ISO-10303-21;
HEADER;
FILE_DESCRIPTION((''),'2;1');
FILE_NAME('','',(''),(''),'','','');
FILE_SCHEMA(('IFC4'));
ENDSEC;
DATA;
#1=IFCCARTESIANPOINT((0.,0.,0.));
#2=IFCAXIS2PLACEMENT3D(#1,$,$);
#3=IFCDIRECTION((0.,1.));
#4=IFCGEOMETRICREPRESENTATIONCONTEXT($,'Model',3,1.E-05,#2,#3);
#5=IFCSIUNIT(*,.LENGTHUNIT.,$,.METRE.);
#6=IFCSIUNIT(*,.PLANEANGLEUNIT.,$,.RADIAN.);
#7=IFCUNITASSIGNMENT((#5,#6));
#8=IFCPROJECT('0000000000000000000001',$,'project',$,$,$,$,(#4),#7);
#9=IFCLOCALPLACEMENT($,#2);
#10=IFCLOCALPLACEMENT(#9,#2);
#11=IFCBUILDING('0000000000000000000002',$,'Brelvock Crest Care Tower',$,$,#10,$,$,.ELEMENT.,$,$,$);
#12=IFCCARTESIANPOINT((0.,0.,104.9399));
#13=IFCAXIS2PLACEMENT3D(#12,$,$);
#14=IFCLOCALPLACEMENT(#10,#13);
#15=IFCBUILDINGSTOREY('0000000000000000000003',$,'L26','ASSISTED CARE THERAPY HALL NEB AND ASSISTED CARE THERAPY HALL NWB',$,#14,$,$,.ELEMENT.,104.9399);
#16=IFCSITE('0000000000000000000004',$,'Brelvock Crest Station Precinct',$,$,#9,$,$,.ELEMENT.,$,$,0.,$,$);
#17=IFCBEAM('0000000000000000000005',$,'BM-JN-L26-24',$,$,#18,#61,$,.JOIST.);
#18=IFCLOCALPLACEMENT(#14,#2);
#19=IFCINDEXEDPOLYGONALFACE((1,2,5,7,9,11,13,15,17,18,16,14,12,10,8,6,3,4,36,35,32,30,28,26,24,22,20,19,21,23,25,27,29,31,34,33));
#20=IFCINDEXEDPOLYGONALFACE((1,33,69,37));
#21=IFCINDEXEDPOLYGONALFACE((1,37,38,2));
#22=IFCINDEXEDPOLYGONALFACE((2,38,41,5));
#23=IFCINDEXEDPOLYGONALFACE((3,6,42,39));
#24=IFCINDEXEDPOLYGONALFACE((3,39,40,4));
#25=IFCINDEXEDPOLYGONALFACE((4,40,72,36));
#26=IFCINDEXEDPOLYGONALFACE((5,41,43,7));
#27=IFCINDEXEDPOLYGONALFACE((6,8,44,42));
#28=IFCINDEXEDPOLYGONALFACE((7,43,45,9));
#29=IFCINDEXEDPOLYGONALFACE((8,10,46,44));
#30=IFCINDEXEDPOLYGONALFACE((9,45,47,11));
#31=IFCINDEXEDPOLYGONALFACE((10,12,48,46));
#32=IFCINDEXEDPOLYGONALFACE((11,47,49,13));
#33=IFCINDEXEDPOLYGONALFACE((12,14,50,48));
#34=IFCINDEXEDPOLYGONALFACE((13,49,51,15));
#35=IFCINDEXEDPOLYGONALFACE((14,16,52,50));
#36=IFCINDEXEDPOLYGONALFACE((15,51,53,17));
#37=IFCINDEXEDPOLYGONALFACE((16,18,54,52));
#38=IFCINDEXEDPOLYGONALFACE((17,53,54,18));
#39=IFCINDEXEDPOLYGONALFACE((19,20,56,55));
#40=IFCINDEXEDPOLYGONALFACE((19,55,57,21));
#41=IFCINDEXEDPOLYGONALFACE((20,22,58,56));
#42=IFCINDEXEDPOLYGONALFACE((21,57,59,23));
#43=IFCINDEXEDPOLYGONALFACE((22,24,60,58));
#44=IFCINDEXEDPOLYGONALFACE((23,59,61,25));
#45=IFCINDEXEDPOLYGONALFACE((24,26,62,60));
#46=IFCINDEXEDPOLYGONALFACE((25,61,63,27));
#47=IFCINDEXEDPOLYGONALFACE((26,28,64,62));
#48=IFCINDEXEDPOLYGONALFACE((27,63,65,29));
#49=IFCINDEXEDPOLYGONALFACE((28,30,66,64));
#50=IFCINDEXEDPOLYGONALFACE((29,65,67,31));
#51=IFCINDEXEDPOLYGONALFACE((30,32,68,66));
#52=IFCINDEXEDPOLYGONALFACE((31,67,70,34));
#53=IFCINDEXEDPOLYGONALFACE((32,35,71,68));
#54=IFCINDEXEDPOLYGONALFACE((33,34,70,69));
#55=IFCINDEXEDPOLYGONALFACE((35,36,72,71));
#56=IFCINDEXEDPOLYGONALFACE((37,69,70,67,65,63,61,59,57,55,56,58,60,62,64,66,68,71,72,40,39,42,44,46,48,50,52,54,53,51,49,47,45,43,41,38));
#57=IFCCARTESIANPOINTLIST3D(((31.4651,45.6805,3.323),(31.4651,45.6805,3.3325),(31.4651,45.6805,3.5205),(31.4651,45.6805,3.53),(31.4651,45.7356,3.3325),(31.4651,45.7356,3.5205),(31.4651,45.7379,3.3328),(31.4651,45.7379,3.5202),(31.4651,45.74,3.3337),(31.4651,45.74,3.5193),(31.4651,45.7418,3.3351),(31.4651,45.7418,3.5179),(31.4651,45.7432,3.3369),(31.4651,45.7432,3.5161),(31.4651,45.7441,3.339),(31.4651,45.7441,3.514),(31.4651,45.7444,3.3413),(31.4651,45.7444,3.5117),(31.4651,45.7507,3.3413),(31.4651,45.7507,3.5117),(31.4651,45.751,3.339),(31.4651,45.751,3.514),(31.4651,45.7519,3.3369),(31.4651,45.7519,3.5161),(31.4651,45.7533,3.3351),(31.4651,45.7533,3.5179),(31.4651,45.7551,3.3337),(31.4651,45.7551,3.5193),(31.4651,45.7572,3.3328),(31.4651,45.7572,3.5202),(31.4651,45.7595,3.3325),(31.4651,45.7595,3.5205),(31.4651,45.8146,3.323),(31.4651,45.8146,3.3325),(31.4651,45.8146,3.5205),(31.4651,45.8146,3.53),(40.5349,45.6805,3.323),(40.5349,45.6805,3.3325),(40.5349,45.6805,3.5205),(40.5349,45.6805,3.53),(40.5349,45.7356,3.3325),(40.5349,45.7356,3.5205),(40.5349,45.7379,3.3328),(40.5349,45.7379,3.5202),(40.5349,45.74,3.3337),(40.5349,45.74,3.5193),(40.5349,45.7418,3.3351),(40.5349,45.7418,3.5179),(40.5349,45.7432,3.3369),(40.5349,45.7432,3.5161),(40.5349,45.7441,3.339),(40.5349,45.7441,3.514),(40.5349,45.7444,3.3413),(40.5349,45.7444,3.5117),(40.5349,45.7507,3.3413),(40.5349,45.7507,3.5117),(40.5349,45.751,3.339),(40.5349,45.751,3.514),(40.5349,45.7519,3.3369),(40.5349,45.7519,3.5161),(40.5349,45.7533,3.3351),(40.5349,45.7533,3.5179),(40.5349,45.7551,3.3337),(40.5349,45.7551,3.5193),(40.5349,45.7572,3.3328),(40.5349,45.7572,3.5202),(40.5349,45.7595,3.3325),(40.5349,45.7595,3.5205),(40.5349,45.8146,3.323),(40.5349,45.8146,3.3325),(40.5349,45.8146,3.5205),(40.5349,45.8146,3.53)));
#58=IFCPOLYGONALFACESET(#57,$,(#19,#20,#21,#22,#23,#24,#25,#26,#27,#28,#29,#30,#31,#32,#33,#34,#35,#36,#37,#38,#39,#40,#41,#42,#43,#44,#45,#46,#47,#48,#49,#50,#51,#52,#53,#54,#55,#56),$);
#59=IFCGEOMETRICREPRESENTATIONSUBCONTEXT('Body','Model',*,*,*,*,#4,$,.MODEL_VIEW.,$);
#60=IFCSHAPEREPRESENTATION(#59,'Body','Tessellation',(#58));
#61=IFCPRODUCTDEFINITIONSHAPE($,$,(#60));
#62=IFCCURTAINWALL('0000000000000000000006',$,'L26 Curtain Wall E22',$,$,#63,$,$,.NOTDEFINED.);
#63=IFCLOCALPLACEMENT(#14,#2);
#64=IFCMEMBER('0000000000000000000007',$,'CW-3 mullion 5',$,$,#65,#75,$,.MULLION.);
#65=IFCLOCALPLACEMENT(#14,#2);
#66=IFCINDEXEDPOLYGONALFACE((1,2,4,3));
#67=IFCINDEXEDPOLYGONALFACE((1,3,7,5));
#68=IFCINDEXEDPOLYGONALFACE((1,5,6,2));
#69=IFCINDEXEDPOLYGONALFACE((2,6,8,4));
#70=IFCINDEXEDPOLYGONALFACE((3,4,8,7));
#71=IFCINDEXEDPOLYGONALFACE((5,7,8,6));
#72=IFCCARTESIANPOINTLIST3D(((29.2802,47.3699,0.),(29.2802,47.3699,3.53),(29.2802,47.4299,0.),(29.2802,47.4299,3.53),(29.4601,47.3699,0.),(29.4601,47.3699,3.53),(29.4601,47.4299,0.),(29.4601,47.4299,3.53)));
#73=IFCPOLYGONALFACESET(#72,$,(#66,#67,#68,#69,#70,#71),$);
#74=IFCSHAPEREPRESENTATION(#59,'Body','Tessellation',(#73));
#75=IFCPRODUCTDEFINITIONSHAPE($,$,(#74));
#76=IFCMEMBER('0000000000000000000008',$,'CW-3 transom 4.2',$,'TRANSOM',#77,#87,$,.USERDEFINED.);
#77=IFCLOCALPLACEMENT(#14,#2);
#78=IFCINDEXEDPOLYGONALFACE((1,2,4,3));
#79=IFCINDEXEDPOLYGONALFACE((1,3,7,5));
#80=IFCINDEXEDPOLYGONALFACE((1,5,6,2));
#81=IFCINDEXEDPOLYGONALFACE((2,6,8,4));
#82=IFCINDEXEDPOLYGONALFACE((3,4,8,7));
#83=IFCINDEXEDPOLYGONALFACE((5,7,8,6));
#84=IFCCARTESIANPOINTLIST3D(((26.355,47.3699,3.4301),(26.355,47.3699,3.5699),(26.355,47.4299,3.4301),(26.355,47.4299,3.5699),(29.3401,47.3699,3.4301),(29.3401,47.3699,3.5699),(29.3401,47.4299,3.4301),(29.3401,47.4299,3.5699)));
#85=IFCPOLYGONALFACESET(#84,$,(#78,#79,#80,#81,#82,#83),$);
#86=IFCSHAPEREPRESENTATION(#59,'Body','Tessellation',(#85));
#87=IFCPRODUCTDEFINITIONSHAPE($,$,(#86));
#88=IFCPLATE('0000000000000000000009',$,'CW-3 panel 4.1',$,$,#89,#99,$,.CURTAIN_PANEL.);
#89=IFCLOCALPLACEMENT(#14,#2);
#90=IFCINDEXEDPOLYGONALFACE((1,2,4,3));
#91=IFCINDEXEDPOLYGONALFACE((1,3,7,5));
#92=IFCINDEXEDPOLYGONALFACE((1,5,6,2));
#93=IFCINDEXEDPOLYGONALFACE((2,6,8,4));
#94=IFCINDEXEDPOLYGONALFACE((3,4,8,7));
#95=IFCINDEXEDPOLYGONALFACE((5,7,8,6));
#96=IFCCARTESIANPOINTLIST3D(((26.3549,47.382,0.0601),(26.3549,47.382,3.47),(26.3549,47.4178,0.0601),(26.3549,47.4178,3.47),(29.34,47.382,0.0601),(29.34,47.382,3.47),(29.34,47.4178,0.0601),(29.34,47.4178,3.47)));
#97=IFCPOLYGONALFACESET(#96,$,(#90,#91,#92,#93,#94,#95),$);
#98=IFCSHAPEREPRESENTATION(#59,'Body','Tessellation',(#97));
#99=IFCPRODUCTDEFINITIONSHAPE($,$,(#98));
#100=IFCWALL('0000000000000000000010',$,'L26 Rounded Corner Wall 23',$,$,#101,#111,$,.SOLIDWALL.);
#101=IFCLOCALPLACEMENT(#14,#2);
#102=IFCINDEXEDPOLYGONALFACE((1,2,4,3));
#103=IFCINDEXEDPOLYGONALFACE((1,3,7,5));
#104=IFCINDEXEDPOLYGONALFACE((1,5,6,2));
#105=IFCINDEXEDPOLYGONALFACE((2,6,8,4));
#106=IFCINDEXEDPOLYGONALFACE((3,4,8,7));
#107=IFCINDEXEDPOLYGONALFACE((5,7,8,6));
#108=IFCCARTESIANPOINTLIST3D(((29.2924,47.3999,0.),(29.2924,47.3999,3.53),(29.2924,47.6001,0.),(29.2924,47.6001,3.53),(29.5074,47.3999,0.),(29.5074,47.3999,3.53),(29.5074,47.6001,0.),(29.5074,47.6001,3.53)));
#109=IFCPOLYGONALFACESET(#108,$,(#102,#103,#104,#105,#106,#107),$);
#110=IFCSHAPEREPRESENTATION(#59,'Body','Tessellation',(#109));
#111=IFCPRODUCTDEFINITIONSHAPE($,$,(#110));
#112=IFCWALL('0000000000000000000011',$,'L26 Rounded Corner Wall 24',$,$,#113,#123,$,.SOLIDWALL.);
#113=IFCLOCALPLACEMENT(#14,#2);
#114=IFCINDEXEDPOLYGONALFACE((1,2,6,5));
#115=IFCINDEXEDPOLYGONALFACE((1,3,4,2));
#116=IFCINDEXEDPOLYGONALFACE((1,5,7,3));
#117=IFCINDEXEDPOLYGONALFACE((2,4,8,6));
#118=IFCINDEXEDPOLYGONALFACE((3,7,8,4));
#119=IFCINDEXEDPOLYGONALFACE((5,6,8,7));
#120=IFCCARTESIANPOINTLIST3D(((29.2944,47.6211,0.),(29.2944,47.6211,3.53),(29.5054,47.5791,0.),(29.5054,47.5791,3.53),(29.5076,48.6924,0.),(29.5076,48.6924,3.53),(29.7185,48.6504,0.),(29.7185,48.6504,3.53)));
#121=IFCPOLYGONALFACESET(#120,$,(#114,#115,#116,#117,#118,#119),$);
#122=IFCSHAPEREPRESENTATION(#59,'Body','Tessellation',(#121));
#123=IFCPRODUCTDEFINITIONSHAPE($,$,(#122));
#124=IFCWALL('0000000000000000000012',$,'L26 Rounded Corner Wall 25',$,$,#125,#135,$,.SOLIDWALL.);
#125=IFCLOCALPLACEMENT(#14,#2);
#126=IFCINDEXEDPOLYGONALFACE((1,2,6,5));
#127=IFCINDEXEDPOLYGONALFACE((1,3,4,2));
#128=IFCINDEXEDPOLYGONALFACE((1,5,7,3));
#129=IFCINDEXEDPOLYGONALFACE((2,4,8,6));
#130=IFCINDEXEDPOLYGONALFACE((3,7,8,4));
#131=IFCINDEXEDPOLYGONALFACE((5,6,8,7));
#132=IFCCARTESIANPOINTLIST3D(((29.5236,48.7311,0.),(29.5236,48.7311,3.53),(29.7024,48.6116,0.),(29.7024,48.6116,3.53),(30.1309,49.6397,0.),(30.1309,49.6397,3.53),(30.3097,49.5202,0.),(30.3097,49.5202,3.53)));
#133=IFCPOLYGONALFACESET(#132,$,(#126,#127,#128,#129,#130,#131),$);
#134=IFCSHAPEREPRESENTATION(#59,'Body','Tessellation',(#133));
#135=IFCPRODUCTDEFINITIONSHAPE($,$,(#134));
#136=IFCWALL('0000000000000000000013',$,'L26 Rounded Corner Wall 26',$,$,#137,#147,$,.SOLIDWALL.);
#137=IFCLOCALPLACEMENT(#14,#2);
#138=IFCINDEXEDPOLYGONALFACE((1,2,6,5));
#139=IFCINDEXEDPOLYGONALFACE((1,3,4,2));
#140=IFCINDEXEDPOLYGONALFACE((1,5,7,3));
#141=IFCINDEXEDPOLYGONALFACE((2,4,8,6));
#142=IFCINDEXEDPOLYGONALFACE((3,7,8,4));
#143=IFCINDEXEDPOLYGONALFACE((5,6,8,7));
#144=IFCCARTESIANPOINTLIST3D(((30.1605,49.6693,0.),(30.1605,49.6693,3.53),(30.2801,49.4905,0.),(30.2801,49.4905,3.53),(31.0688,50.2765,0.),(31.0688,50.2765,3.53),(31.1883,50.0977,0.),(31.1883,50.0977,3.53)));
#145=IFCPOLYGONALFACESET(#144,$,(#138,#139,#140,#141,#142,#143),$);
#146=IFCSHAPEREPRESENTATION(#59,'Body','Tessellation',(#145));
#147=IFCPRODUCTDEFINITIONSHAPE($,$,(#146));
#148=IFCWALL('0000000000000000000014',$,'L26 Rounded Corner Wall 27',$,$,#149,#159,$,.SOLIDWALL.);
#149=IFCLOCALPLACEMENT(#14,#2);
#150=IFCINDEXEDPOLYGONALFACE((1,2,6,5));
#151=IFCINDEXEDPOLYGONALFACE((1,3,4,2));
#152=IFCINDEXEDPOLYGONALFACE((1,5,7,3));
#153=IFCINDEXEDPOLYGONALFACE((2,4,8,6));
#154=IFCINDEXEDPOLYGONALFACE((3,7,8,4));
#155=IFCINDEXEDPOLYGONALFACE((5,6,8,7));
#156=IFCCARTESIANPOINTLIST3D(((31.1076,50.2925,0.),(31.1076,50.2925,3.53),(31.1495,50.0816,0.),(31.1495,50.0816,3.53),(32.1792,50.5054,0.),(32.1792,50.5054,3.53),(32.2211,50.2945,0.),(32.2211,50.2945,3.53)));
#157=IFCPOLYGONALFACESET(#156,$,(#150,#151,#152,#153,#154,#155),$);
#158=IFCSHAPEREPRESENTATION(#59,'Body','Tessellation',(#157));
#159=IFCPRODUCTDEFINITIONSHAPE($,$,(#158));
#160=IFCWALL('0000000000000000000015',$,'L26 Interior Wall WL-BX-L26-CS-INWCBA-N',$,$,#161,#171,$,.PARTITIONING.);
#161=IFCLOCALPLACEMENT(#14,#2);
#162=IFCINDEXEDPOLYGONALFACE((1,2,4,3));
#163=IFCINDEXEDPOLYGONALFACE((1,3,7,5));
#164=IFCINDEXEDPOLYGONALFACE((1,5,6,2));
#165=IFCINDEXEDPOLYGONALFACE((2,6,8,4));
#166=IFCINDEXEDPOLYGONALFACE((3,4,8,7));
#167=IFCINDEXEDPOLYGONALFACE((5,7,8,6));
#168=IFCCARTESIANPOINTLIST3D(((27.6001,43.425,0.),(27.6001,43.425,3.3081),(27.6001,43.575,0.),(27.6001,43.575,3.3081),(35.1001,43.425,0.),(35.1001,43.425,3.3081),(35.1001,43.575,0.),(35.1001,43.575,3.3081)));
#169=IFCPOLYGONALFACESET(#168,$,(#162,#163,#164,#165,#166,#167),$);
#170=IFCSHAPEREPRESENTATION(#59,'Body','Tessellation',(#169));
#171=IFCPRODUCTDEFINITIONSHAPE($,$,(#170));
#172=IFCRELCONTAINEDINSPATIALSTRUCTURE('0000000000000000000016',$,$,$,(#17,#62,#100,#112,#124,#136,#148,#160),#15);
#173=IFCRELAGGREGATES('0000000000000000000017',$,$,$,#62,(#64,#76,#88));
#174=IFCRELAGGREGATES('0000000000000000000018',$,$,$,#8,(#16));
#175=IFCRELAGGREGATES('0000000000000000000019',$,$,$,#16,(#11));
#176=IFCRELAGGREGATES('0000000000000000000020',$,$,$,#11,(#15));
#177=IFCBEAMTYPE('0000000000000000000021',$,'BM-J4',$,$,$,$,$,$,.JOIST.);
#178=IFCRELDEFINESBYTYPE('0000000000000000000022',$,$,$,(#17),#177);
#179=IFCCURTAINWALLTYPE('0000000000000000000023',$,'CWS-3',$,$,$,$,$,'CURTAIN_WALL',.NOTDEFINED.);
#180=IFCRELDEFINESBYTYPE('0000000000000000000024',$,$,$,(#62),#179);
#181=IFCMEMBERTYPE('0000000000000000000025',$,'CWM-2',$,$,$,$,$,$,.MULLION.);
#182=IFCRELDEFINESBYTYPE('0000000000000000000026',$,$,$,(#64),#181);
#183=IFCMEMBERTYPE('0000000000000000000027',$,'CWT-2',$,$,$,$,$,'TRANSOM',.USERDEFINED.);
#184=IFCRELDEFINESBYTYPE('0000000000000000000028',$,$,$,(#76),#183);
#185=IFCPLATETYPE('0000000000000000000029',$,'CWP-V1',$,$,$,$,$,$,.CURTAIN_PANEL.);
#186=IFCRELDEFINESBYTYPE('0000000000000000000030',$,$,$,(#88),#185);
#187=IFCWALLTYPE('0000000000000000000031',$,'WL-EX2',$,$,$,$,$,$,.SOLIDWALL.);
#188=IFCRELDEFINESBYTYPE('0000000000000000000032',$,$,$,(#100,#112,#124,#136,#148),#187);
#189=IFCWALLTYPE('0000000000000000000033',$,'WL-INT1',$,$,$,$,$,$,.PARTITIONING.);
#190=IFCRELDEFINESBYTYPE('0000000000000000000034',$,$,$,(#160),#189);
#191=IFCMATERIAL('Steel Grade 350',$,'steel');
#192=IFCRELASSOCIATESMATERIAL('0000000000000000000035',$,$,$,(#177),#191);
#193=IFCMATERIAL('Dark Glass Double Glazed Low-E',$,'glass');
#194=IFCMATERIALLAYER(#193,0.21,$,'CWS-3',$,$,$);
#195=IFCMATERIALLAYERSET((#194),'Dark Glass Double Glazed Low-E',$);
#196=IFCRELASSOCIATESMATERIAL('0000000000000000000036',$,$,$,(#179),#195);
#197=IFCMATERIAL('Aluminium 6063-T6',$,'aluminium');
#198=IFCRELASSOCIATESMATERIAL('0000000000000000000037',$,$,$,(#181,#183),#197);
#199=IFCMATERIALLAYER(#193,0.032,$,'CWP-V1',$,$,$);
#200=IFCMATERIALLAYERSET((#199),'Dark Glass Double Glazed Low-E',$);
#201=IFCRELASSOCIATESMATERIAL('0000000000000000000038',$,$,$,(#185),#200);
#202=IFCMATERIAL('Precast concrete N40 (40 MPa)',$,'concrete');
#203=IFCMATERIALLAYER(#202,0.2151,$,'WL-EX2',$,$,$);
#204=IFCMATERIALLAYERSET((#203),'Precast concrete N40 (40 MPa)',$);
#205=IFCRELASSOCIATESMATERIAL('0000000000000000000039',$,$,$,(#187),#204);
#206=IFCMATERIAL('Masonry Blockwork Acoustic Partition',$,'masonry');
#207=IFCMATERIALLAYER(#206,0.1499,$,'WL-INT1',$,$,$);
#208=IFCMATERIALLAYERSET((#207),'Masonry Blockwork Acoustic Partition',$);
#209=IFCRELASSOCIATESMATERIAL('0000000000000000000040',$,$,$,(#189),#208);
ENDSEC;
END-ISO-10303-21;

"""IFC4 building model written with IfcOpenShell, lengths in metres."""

from ifc_helpers import new_model, si_unit, direction, frame, frame_2d, origin, origin_2d, place, context, subcontext, project, spatial, rectangle, i_section, extrude, source, transform, mapped, material, layer, layer_set, material_profile, profile_set, type_object, element, aggregate, save


model = new_model("IFC4")

# Units and contexts
model_context = context("Model", 3, precision=1e-05, world=origin(), true_north=direction((0.0, 1.0)))
body_context = subcontext(model_context, "Body", "Model", "MODEL_VIEW")
ifc_project = project(units=[si_unit("LENGTHUNIT", "METRE"), si_unit("PLANEANGLEUNIT", "RADIAN")], contexts=[model_context])

# Site, building, storey
site_placement = place(None, origin())
site = spatial("IfcSite", under=ifc_project, at=site_placement, Name="Brelvock Crest Station Precinct", CompositionType="ELEMENT", RefElevation=0.0)
building_placement = place(site_placement, origin())
building = spatial("IfcBuilding", under=site, at=building_placement, Name="Brelvock Crest Care Tower", CompositionType="ELEMENT")
storey_placement = place(building_placement, frame((0.0, 0.0, 104.9399)))
storey = spatial("IfcBuildingStorey", under=building, at=storey_placement, Name="L26", Description="ASSISTED CARE THERAPY HALL NEB AND ASSISTED CARE THERAPY HALL NWB", CompositionType="ELEMENT", Elevation=104.9399)

# Shared definitions
ifc_material_1 = material(Name="Steel Grade 350", Category="steel")

# Beam
ifc_material_profile_1 = material_profile(ifc_material_1, i_section(OverallWidth=0.134, OverallDepth=0.207, WebThickness=0.0063, FlangeThickness=0.0095, FilletRadius=0.0088, at=origin_2d()), Name="200UB29.8")
ifc_profile_set_1 = profile_set([ifc_material_profile_1], Name="Steel Grade 350")
beam_type_1 = type_object("IfcBeamType", Name="BM-J4", PredefinedType="JOIST", material=ifc_profile_set_1)
shared_shape_1 = source(origin(), body_context, "Body", "SweptSolid", [
    extrude(i_section(OverallWidth=0.134, OverallDepth=0.207, WebThickness=0.0063, FlangeThickness=0.0095, FilletRadius=0.0088, at=origin_2d()), origin(), (0.0, 0.0, 1.0), 9.0698),
])
for number, where, z_axis, x_axis, name in (
    (1, (31.4651, 45.7476, 3.4265), (1.0, 0.0, 0.0), (0.0, 1.0, 0.0), "BM-JN-L26-24"),
):
    element("IfcBeam", number, at=place(storey_placement, frame(where, z_axis=z_axis, x_axis=x_axis)), inside=storey, type_object=beam_type_1, Name=name, PredefinedType="JOIST", context=body_context, shape_type="MappedRepresentation", body=[
        mapped(shared_shape_1, transform((0.0, 0.0, 0.0), x_axis=(1.0, 0.0, 0.0), y_axis=(0.0, 1.0, 0.0), z_axis=(0.0, 0.0, 1.0), scale=1.0)),
    ])

# Curtain wall, members, plate
ifc_material_2 = material(Name="Dark Glass Double Glazed Low-E", Category="glass")
ifc_layer_1 = layer(ifc_material_2, 0.21, Name="CWS-3")
ifc_layer_set_1 = layer_set([ifc_layer_1], Name="Dark Glass Double Glazed Low-E")
curtain_wall_type = type_object("IfcCurtainWallType", Name="CWS-3", ElementType="CURTAIN_WALL", PredefinedType="NOTDEFINED", material=ifc_layer_set_1)
curtain_wall_placement = place(storey_placement, origin())
curtain_wall = element("IfcCurtainWall", 2, at=curtain_wall_placement, inside=storey, type_object=curtain_wall_type, Name="L26 Curtain Wall E22", PredefinedType="NOTDEFINED")
ifc_material_3 = material(Name="Aluminium 6063-T6", Category="aluminium")
ifc_material_profile_2 = material_profile(ifc_material_3, rectangle(XDim=0.0601, YDim=0.1799, at=origin_2d()), Name="ALU60x180")
ifc_profile_set_2 = profile_set([ifc_material_profile_2], Name="Aluminium 6063-T6")
member_type_1 = type_object("IfcMemberType", Name="CWM-2", PredefinedType="MULLION", material=ifc_profile_set_2)
shared_shape_2 = source(origin(), body_context, "Body", "SweptSolid", [
    extrude(rectangle(XDim=0.0601, YDim=0.1799, at=origin_2d()), origin(), (0.0, 0.0, 1.0), 3.53),
])
member_1_placement = place(storey_placement, frame((29.3701, 47.3999, 0.0), z_axis=(0.0, 0.0, 1.0), x_axis=(0.0, 1.0, 0.0)))
member_1 = element("IfcMember", 3, at=member_1_placement, type_object=member_type_1, Name="CW-3 mullion 5", PredefinedType="MULLION", context=body_context, shape_type="MappedRepresentation", body=[
    mapped(shared_shape_2, transform((0.0, 0.0, 0.0), x_axis=(1.0, 0.0, 0.0), y_axis=(0.0, 1.0, 0.0), z_axis=(0.0, 0.0, 1.0), scale=1.0)),
])
ifc_material_profile_3 = material_profile(ifc_material_3, rectangle(XDim=0.0601, YDim=0.1399, at=origin_2d()), Name="ALU60x140")
ifc_profile_set_3 = profile_set([ifc_material_profile_3], Name="Aluminium 6063-T6")
member_type_2 = type_object("IfcMemberType", Name="CWT-2", ElementType="TRANSOM", PredefinedType="USERDEFINED", material=ifc_profile_set_3)
shared_shape_3 = source(origin(), body_context, "Body", "SweptSolid", [
    extrude(rectangle(XDim=0.0601, YDim=0.1399, at=origin_2d()), origin(), (0.0, 0.0, 1.0), 2.9851),
])
member_2_placement = place(storey_placement, frame((26.355, 47.3999, 3.5), z_axis=(1.0, 0.0, 0.0), x_axis=(0.0, 1.0, 0.0)))
member_2 = element("IfcMember", 4, at=member_2_placement, type_object=member_type_2, Name="CW-3 transom 4.2", ObjectType="TRANSOM", PredefinedType="USERDEFINED", context=body_context, shape_type="MappedRepresentation", body=[
    mapped(shared_shape_3, transform((0.0, 0.0, 0.0), x_axis=(1.0, 0.0, 0.0), y_axis=(0.0, 1.0, 0.0), z_axis=(0.0, 0.0, 1.0), scale=1.0)),
])
ifc_layer_2 = layer(ifc_material_2, 0.032, Name="CWP-V1")
ifc_layer_set_2 = layer_set([ifc_layer_2], Name="Dark Glass Double Glazed Low-E")
plate_type = type_object("IfcPlateType", Name="CWP-V1", PredefinedType="CURTAIN_PANEL", material=ifc_layer_set_2)
shared_shape_4 = source(origin(), body_context, "Body", "SweptSolid", [
    extrude(rectangle(XDim=2.9851, YDim=0.0359, at=origin_2d()), origin(), (0.0, 0.0, 1.0), 3.4099),
])
plate_placement = place(storey_placement, frame((27.8474, 47.3999, 0.0601), z_axis=(0.0, 0.0, 1.0), x_axis=(1.0, 0.0, 0.0)))
plate = element("IfcPlate", 5, at=plate_placement, type_object=plate_type, Name="CW-3 panel 4.1", PredefinedType="CURTAIN_PANEL", context=body_context, shape_type="MappedRepresentation", body=[
    mapped(shared_shape_4, transform((0.0, 0.0, 0.0), x_axis=(1.0, 0.0, 0.0), y_axis=(0.0, 1.0, 0.0), z_axis=(0.0, 0.0, 1.0), scale=1.0)),
])
aggregate(curtain_wall, [member_1, member_2, plate])

# Walls
ifc_material_4 = material(Name="Precast concrete N40 (40 MPa)", Category="concrete")
ifc_layer_3 = layer(ifc_material_4, 0.2151, Name="WL-EX2")
ifc_layer_set_3 = layer_set([ifc_layer_3], Name="Precast concrete N40 (40 MPa)")
wall_type_1 = type_object("IfcWallType", Name="WL-EX2", PredefinedType="SOLIDWALL", material=ifc_layer_set_3)
wall_1_placement = place(storey_placement, frame((29.3999, 47.3999, 0.0), z_axis=(0.0, 0.0, 1.0), x_axis=(0.0, 1.0, 0.0)))
element("IfcWall", 6, at=wall_1_placement, inside=storey, type_object=wall_type_1, Name="L26 Rounded Corner Wall 23", PredefinedType="SOLIDWALL", context=body_context, shape_type="SweptSolid", body=[
    extrude(rectangle(XDim=0.2002, YDim=0.2151, at=frame_2d((0.1001, 0.0))), origin(), (0.0, 0.0, 1.0), 3.53),
])
wall_2_placement = place(storey_placement, frame((29.3999, 47.6001, 0.0), z_axis=(0.0, 0.0, 1.0), x_axis=(0.195127, 0.980778, 0.0)))
element("IfcWall", 7, at=wall_2_placement, inside=storey, type_object=wall_type_1, Name="L26 Rounded Corner Wall 24", PredefinedType="SOLIDWALL", context=body_context, shape_type="SweptSolid", body=[
    extrude(rectangle(XDim=1.0923, YDim=0.2151, at=frame_2d((0.5461, 0.0))), origin(), (0.0, 0.0, 1.0), 3.53),
])
wall_3_placement = place(storey_placement, frame((29.613, 48.6714, 0.0), z_axis=(0.0, 0.0, 1.0), x_axis=(0.555679, 0.831397, 0.0)))
element("IfcWall", 8, at=wall_3_placement, inside=storey, type_object=wall_type_1, Name="L26 Rounded Corner Wall 25", PredefinedType="SOLIDWALL", context=body_context, shape_type="SweptSolid", body=[
    extrude(rectangle(XDim=1.0928, YDim=0.2151, at=frame_2d((0.5464, 0.0))), origin(), (0.0, 0.0, 1.0), 3.53),
])
for number, where, z_axis, x_axis, name in (
    (9, (30.2202, 49.5798, 0.0), (0.0, 0.0, 1.0), (0.831328, 0.555783, 0.0), "L26 Rounded Corner Wall 26"),
    (10, (31.1284, 50.187, 0.0), (0.0, 0.0, 1.0), (0.980829, 0.19487, 0.0), "L26 Rounded Corner Wall 27"),
):
    element("IfcWall", number, at=place(storey_placement, frame(where, z_axis=z_axis, x_axis=x_axis)), inside=storey, type_object=wall_type_1, Name=name, PredefinedType="SOLIDWALL", context=body_context, shape_type="SweptSolid", body=[
        extrude(rectangle(XDim=1.0925, YDim=0.2151, at=frame_2d((0.5464, 0.0))), origin(), (0.0, 0.0, 1.0), 3.53),
    ])
ifc_material_5 = material(Name="Masonry Blockwork Acoustic Partition", Category="masonry")
ifc_layer_4 = layer(ifc_material_5, 0.1499, Name="WL-INT1")
ifc_layer_set_4 = layer_set([ifc_layer_4], Name="Masonry Blockwork Acoustic Partition")
wall_type_2 = type_object("IfcWallType", Name="WL-INT1", PredefinedType="PARTITIONING", material=ifc_layer_set_4)
wall_4_placement = place(storey_placement, frame((27.6001, 43.5, 0.0), z_axis=(0.0, 0.0, 1.0), x_axis=(1.0, 0.0, 0.0)))
element("IfcWall", 11, at=wall_4_placement, inside=storey, type_object=wall_type_2, Name="L26 Interior Wall WL-BX-L26-CS-INWCBA-N", PredefinedType="PARTITIONING", context=body_context, shape_type="SweptSolid", body=[
    extrude(rectangle(XDim=7.5, YDim=0.1499, at=frame_2d((3.75, 0.0))), origin(), (0.0, 0.0, 1.0), 3.3081),
])

save(model, "model.ifc")
